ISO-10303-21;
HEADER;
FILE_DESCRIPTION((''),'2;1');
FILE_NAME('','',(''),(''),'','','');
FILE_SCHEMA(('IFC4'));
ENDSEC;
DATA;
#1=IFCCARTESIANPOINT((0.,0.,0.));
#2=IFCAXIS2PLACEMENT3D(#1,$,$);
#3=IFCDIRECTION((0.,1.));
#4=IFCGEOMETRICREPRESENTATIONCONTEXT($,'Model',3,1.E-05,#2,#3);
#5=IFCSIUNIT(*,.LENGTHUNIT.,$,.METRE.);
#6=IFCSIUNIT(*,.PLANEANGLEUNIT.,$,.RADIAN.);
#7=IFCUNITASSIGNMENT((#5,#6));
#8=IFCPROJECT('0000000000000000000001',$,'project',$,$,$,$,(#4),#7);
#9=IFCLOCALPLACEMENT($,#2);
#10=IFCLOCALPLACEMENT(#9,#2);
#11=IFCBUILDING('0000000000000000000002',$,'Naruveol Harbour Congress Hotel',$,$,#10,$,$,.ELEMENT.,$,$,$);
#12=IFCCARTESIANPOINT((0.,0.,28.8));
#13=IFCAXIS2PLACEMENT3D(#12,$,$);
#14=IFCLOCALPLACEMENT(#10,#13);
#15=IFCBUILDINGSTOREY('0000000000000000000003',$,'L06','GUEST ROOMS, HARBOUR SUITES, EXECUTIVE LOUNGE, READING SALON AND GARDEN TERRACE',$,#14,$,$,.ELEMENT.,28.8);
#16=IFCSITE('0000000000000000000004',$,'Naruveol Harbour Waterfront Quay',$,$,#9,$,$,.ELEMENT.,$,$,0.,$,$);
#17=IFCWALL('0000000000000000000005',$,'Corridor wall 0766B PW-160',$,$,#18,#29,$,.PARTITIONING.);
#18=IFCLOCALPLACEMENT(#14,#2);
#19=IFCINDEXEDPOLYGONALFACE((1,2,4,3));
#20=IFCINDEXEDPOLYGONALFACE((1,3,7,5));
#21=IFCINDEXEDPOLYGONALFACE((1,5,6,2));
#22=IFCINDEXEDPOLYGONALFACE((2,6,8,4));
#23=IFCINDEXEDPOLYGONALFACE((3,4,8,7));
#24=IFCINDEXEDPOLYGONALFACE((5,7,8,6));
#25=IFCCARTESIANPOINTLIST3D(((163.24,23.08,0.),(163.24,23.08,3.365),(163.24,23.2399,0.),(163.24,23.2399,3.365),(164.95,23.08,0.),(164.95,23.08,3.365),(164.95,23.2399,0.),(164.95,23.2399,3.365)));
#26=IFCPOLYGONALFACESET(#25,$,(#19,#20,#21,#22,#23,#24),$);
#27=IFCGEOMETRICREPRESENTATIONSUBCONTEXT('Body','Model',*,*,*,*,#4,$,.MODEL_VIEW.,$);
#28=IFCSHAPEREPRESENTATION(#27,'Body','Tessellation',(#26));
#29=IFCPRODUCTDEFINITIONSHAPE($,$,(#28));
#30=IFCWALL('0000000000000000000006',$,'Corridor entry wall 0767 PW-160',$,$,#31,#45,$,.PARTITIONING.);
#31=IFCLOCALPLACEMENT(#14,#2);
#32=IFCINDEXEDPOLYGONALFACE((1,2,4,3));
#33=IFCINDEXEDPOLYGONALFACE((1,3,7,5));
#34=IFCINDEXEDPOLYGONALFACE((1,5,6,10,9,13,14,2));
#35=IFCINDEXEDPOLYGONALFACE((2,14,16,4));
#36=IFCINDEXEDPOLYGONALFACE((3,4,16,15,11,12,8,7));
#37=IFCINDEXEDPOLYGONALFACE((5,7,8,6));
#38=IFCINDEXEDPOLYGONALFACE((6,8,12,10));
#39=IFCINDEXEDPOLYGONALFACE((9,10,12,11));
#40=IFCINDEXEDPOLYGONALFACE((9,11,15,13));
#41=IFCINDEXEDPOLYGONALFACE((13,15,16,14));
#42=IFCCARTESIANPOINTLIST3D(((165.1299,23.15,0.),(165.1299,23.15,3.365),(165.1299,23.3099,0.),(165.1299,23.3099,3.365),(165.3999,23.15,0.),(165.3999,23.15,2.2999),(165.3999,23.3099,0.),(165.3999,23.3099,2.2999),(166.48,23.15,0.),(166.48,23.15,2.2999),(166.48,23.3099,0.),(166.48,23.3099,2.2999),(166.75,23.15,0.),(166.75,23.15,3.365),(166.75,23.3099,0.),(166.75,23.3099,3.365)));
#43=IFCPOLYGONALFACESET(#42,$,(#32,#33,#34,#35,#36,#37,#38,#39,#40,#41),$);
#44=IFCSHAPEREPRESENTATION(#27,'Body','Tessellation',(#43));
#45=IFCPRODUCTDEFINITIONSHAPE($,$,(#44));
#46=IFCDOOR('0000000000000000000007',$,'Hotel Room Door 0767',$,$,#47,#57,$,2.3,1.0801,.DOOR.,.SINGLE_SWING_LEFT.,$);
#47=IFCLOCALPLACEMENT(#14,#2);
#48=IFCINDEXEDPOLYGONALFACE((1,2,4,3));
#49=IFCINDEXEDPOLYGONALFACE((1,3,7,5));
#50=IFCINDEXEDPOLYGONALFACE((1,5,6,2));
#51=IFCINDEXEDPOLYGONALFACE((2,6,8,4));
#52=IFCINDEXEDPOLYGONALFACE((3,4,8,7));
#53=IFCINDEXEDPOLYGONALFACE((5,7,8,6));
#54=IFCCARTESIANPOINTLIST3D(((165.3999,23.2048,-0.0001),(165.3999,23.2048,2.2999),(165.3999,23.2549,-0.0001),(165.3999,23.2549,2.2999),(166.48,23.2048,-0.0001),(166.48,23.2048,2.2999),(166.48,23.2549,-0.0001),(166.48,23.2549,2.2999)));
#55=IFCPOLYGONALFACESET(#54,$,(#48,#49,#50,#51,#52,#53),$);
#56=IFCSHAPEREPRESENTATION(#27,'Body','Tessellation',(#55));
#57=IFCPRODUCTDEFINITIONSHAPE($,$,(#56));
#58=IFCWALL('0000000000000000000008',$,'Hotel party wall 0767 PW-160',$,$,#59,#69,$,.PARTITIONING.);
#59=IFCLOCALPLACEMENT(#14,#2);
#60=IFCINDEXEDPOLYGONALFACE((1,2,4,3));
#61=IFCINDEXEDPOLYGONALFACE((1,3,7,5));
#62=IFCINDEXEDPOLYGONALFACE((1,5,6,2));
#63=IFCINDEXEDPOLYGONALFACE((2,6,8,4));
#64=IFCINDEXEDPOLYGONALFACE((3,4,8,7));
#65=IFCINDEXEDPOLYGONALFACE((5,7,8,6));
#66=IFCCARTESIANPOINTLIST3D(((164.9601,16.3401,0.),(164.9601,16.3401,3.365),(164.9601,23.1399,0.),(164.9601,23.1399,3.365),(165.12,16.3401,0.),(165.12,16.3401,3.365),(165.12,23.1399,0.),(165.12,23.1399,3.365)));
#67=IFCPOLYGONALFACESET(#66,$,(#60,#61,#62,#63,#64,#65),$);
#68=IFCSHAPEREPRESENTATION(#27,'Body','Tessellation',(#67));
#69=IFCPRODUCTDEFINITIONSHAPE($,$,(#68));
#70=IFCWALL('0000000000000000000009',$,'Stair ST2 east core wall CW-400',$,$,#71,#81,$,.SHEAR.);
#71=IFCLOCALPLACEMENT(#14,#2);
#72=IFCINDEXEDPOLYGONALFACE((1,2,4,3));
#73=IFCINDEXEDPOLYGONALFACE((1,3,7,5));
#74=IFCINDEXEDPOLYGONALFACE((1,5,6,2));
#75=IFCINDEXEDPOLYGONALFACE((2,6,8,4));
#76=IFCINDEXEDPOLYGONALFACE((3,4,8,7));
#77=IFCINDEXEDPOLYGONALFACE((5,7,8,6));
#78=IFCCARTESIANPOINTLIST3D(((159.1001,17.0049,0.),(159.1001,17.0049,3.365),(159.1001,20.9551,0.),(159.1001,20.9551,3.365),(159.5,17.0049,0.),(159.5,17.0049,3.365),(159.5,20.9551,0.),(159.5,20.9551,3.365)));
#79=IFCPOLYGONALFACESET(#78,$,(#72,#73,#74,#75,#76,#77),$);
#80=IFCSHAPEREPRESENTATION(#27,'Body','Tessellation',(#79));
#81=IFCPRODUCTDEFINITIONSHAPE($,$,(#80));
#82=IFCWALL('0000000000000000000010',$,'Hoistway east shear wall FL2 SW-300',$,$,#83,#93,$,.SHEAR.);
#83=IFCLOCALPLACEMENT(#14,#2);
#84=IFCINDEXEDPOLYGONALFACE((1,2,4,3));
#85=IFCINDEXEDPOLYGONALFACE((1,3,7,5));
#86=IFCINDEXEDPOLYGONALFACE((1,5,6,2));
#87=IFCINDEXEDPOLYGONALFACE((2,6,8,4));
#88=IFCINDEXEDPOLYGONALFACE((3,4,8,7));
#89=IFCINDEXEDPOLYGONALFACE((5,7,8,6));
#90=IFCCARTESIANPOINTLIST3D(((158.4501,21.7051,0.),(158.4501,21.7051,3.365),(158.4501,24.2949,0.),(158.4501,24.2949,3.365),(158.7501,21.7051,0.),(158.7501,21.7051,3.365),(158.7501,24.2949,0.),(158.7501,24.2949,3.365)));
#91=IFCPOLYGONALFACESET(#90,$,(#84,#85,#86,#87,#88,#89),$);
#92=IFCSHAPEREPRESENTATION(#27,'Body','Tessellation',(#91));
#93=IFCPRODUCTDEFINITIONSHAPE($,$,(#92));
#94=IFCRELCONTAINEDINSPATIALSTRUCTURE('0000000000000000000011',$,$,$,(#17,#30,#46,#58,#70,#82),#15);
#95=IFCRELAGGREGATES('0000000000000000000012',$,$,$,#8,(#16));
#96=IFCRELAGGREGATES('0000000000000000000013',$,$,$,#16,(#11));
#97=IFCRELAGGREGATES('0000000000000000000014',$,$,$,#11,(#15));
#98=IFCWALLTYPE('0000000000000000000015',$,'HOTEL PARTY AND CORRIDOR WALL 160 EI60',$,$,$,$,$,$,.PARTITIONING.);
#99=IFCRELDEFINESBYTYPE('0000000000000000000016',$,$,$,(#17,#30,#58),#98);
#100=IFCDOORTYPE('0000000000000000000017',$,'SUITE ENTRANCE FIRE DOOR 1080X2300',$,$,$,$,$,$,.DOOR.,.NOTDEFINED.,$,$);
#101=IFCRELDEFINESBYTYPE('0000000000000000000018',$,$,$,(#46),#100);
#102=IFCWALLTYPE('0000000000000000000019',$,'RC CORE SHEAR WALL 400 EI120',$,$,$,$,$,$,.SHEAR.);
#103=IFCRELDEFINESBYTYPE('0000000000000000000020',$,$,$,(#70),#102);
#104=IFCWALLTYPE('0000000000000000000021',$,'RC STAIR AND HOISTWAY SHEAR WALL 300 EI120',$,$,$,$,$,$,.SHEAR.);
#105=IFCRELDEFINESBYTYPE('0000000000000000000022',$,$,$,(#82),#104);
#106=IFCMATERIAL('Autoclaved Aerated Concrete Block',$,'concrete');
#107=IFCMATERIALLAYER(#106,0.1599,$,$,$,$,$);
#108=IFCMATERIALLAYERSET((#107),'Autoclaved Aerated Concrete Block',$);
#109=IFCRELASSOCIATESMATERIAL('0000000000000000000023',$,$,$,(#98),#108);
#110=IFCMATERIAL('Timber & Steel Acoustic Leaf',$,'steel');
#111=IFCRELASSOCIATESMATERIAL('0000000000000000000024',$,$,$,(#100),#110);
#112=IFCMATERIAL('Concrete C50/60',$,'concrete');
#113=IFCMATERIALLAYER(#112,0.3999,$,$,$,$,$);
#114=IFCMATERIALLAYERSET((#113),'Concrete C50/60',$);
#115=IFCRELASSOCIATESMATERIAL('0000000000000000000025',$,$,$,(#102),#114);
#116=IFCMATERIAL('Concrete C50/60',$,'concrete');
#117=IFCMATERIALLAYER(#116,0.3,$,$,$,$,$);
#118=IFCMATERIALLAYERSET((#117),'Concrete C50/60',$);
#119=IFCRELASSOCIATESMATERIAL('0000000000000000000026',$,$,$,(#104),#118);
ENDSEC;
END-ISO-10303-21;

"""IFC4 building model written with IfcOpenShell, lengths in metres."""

from ifc_helpers import new_model, si_unit, direction, frame, frame_2d, origin, place, context, subcontext, project, spatial, rectangle, extrude, material, layer, layer_set, type_object, element, fill, save


model = new_model("IFC4")

# Units and contexts
model_context = context("Model", 3, precision=1e-05, world=origin(), true_north=direction((0.0, 1.0)))
body_context = subcontext(model_context, "Body", "Model", "MODEL_VIEW")
ifc_project = project(units=[si_unit("LENGTHUNIT", "METRE"), si_unit("PLANEANGLEUNIT", "RADIAN")], contexts=[model_context])

# Site, building, storey
site_placement = place(None, origin())
site = spatial("IfcSite", under=ifc_project, at=site_placement, Name="Naruveol Harbour Waterfront Quay", CompositionType="ELEMENT", RefElevation=0.0)
building_placement = place(site_placement, origin())
building = spatial("IfcBuilding", under=site, at=building_placement, Name="Naruveol Harbour Congress Hotel", CompositionType="ELEMENT")
storey_placement = place(building_placement, frame((0.0, 0.0, 28.8)))
storey = spatial("IfcBuildingStorey", under=building, at=storey_placement, Name="L06", Description="GUEST ROOMS, HARBOUR SUITES, EXECUTIVE LOUNGE, READING SALON AND GARDEN TERRACE", CompositionType="ELEMENT", Elevation=28.8)

# Shared definitions
ifc_material_1 = material(Name="Autoclaved Aerated Concrete Block", Category="concrete")
ifc_layer_1 = layer(ifc_material_1, 0.1599)
ifc_layer_set_1 = layer_set([ifc_layer_1], Name="Autoclaved Aerated Concrete Block")
wall_type_1 = type_object("IfcWallType", Name="HOTEL PARTY AND CORRIDOR WALL 160 EI60", PredefinedType="PARTITIONING", material=ifc_layer_set_1)
ifc_material_2 = material(Name="Timber & Steel Acoustic Leaf", Category="steel")
door_type_1 = type_object("IfcDoorType", Name="SUITE ENTRANCE FIRE DOOR 1080X2300", OperationType="NOTDEFINED", PredefinedType="DOOR", material=ifc_material_2)

# Wall
wall_1_placement = place(storey_placement, frame((163.24, 23.1599, 0.0), z_axis=(0.0, 0.0, 1.0), x_axis=(1.0, 0.0, 0.0)))
element("IfcWall", 1, at=wall_1_placement, inside=storey, type_object=wall_type_1, Name="Corridor wall 0766B PW-160", PredefinedType="PARTITIONING", context=body_context, shape_type="SweptSolid", body=[
    extrude(rectangle(XDim=1.71, YDim=0.1599, at=frame_2d((0.855, 0.0))), origin(), (0.0, 0.0, 1.0), 3.365),
])

# Wall, opening, door
wall_2_placement = place(storey_placement, frame((165.1299, 23.23, 0.0), z_axis=(0.0, 0.0, 1.0), x_axis=(1.0, 0.0, 0.0)))
wall_2 = element("IfcWall", 2, at=wall_2_placement, inside=storey, type_object=wall_type_1, Name="Corridor entry wall 0767 PW-160", PredefinedType="PARTITIONING", context=body_context, shape_type="SweptSolid", body=[
    extrude(rectangle(XDim=1.6201, YDim=0.1599, at=frame_2d((0.8101, 0.0))), origin(), (0.0, 0.0, 1.0), 3.365),
])
opening_1_placement = place(wall_2_placement, frame((0.27, 0.0, 0.0)))
opening_1 = element("IfcOpeningElement", 3, at=opening_1_placement, cuts=wall_2, PredefinedType="OPENING", context=body_context, shape_type="SweptSolid", body=[
    extrude(rectangle(XDim=1.0801, YDim=2.3, at=frame_2d((0.54, 1.1499))), frame((0.0, 0.0898, 0.0), z_axis=(0.0, -1.0, 0.0), x_axis=(1.0, 0.0, 0.0)), (0.0, 0.0, 1.0), 0.1799),
])
door_1_placement = place(opening_1_placement, origin())
door_1 = element("IfcDoor", 4, at=door_1_placement, inside=storey, type_object=door_type_1, Name="Hotel Room Door 0767", OperationType="SINGLE_SWING_LEFT", OverallHeight=2.3, OverallWidth=1.0801, PredefinedType="DOOR", context=body_context, shape_type="SweptSolid", body=[
    extrude(rectangle(XDim=1.0801, YDim=2.3, at=frame_2d((0.54, 1.1499))), frame((0.0, 0.0249, 0.0), z_axis=(0.0, -1.0, 0.0), x_axis=(1.0, 0.0, 0.0)), (0.0, 0.0, 1.0), 0.05),
])
fill(opening_1, door_1)

# Walls
wall_3_placement = place(storey_placement, frame((165.04, 16.3401, 0.0), z_axis=(0.0, 0.0, 1.0), x_axis=(0.0, 1.0, 0.0)))
element("IfcWall", 5, at=wall_3_placement, inside=storey, type_object=wall_type_1, Name="Hotel party wall 0767 PW-160", PredefinedType="PARTITIONING", context=body_context, shape_type="SweptSolid", body=[
    extrude(rectangle(XDim=6.7998, YDim=0.1599, at=frame_2d((3.3999, 0.0))), origin(), (0.0, 0.0, 1.0), 3.365),
])
ifc_material_3 = material(Name="Concrete C50/60", Category="concrete")
ifc_layer_2 = layer(ifc_material_3, 0.3999)
ifc_layer_set_2 = layer_set([ifc_layer_2], Name="Concrete C50/60")
wall_type_2 = type_object("IfcWallType", Name="RC CORE SHEAR WALL 400 EI120", PredefinedType="SHEAR", material=ifc_layer_set_2)
wall_4_placement = place(storey_placement, frame((159.3, 17.0049, 0.0), z_axis=(0.0, 0.0, 1.0), x_axis=(0.0, 1.0, 0.0)))
element("IfcWall", 6, at=wall_4_placement, inside=storey, type_object=wall_type_2, Name="Stair ST2 east core wall CW-400", PredefinedType="SHEAR", context=body_context, shape_type="SweptSolid", body=[
    extrude(rectangle(XDim=3.9502, YDim=0.3999, at=frame_2d((1.9751, 0.0))), origin(), (0.0, 0.0, 1.0), 3.365),
])
ifc_material_4 = material(Name="Concrete C50/60", Category="concrete")
ifc_layer_3 = layer(ifc_material_4, 0.3)
ifc_layer_set_3 = layer_set([ifc_layer_3], Name="Concrete C50/60")
wall_type_3 = type_object("IfcWallType", Name="RC STAIR AND HOISTWAY SHEAR WALL 300 EI120", PredefinedType="SHEAR", material=ifc_layer_set_3)
wall_5_placement = place(storey_placement, frame((158.6001, 21.7051, 0.0), z_axis=(0.0, 0.0, 1.0), x_axis=(0.0, 1.0, 0.0)))
element("IfcWall", 7, at=wall_5_placement, inside=storey, type_object=wall_type_3, Name="Hoistway east shear wall FL2 SW-300", PredefinedType="SHEAR", context=body_context, shape_type="SweptSolid", body=[
    extrude(rectangle(XDim=2.5898, YDim=0.3, at=frame_2d((1.2949, 0.0))), origin(), (0.0, 0.0, 1.0), 3.365),
])

save(model, "model.ifc")
